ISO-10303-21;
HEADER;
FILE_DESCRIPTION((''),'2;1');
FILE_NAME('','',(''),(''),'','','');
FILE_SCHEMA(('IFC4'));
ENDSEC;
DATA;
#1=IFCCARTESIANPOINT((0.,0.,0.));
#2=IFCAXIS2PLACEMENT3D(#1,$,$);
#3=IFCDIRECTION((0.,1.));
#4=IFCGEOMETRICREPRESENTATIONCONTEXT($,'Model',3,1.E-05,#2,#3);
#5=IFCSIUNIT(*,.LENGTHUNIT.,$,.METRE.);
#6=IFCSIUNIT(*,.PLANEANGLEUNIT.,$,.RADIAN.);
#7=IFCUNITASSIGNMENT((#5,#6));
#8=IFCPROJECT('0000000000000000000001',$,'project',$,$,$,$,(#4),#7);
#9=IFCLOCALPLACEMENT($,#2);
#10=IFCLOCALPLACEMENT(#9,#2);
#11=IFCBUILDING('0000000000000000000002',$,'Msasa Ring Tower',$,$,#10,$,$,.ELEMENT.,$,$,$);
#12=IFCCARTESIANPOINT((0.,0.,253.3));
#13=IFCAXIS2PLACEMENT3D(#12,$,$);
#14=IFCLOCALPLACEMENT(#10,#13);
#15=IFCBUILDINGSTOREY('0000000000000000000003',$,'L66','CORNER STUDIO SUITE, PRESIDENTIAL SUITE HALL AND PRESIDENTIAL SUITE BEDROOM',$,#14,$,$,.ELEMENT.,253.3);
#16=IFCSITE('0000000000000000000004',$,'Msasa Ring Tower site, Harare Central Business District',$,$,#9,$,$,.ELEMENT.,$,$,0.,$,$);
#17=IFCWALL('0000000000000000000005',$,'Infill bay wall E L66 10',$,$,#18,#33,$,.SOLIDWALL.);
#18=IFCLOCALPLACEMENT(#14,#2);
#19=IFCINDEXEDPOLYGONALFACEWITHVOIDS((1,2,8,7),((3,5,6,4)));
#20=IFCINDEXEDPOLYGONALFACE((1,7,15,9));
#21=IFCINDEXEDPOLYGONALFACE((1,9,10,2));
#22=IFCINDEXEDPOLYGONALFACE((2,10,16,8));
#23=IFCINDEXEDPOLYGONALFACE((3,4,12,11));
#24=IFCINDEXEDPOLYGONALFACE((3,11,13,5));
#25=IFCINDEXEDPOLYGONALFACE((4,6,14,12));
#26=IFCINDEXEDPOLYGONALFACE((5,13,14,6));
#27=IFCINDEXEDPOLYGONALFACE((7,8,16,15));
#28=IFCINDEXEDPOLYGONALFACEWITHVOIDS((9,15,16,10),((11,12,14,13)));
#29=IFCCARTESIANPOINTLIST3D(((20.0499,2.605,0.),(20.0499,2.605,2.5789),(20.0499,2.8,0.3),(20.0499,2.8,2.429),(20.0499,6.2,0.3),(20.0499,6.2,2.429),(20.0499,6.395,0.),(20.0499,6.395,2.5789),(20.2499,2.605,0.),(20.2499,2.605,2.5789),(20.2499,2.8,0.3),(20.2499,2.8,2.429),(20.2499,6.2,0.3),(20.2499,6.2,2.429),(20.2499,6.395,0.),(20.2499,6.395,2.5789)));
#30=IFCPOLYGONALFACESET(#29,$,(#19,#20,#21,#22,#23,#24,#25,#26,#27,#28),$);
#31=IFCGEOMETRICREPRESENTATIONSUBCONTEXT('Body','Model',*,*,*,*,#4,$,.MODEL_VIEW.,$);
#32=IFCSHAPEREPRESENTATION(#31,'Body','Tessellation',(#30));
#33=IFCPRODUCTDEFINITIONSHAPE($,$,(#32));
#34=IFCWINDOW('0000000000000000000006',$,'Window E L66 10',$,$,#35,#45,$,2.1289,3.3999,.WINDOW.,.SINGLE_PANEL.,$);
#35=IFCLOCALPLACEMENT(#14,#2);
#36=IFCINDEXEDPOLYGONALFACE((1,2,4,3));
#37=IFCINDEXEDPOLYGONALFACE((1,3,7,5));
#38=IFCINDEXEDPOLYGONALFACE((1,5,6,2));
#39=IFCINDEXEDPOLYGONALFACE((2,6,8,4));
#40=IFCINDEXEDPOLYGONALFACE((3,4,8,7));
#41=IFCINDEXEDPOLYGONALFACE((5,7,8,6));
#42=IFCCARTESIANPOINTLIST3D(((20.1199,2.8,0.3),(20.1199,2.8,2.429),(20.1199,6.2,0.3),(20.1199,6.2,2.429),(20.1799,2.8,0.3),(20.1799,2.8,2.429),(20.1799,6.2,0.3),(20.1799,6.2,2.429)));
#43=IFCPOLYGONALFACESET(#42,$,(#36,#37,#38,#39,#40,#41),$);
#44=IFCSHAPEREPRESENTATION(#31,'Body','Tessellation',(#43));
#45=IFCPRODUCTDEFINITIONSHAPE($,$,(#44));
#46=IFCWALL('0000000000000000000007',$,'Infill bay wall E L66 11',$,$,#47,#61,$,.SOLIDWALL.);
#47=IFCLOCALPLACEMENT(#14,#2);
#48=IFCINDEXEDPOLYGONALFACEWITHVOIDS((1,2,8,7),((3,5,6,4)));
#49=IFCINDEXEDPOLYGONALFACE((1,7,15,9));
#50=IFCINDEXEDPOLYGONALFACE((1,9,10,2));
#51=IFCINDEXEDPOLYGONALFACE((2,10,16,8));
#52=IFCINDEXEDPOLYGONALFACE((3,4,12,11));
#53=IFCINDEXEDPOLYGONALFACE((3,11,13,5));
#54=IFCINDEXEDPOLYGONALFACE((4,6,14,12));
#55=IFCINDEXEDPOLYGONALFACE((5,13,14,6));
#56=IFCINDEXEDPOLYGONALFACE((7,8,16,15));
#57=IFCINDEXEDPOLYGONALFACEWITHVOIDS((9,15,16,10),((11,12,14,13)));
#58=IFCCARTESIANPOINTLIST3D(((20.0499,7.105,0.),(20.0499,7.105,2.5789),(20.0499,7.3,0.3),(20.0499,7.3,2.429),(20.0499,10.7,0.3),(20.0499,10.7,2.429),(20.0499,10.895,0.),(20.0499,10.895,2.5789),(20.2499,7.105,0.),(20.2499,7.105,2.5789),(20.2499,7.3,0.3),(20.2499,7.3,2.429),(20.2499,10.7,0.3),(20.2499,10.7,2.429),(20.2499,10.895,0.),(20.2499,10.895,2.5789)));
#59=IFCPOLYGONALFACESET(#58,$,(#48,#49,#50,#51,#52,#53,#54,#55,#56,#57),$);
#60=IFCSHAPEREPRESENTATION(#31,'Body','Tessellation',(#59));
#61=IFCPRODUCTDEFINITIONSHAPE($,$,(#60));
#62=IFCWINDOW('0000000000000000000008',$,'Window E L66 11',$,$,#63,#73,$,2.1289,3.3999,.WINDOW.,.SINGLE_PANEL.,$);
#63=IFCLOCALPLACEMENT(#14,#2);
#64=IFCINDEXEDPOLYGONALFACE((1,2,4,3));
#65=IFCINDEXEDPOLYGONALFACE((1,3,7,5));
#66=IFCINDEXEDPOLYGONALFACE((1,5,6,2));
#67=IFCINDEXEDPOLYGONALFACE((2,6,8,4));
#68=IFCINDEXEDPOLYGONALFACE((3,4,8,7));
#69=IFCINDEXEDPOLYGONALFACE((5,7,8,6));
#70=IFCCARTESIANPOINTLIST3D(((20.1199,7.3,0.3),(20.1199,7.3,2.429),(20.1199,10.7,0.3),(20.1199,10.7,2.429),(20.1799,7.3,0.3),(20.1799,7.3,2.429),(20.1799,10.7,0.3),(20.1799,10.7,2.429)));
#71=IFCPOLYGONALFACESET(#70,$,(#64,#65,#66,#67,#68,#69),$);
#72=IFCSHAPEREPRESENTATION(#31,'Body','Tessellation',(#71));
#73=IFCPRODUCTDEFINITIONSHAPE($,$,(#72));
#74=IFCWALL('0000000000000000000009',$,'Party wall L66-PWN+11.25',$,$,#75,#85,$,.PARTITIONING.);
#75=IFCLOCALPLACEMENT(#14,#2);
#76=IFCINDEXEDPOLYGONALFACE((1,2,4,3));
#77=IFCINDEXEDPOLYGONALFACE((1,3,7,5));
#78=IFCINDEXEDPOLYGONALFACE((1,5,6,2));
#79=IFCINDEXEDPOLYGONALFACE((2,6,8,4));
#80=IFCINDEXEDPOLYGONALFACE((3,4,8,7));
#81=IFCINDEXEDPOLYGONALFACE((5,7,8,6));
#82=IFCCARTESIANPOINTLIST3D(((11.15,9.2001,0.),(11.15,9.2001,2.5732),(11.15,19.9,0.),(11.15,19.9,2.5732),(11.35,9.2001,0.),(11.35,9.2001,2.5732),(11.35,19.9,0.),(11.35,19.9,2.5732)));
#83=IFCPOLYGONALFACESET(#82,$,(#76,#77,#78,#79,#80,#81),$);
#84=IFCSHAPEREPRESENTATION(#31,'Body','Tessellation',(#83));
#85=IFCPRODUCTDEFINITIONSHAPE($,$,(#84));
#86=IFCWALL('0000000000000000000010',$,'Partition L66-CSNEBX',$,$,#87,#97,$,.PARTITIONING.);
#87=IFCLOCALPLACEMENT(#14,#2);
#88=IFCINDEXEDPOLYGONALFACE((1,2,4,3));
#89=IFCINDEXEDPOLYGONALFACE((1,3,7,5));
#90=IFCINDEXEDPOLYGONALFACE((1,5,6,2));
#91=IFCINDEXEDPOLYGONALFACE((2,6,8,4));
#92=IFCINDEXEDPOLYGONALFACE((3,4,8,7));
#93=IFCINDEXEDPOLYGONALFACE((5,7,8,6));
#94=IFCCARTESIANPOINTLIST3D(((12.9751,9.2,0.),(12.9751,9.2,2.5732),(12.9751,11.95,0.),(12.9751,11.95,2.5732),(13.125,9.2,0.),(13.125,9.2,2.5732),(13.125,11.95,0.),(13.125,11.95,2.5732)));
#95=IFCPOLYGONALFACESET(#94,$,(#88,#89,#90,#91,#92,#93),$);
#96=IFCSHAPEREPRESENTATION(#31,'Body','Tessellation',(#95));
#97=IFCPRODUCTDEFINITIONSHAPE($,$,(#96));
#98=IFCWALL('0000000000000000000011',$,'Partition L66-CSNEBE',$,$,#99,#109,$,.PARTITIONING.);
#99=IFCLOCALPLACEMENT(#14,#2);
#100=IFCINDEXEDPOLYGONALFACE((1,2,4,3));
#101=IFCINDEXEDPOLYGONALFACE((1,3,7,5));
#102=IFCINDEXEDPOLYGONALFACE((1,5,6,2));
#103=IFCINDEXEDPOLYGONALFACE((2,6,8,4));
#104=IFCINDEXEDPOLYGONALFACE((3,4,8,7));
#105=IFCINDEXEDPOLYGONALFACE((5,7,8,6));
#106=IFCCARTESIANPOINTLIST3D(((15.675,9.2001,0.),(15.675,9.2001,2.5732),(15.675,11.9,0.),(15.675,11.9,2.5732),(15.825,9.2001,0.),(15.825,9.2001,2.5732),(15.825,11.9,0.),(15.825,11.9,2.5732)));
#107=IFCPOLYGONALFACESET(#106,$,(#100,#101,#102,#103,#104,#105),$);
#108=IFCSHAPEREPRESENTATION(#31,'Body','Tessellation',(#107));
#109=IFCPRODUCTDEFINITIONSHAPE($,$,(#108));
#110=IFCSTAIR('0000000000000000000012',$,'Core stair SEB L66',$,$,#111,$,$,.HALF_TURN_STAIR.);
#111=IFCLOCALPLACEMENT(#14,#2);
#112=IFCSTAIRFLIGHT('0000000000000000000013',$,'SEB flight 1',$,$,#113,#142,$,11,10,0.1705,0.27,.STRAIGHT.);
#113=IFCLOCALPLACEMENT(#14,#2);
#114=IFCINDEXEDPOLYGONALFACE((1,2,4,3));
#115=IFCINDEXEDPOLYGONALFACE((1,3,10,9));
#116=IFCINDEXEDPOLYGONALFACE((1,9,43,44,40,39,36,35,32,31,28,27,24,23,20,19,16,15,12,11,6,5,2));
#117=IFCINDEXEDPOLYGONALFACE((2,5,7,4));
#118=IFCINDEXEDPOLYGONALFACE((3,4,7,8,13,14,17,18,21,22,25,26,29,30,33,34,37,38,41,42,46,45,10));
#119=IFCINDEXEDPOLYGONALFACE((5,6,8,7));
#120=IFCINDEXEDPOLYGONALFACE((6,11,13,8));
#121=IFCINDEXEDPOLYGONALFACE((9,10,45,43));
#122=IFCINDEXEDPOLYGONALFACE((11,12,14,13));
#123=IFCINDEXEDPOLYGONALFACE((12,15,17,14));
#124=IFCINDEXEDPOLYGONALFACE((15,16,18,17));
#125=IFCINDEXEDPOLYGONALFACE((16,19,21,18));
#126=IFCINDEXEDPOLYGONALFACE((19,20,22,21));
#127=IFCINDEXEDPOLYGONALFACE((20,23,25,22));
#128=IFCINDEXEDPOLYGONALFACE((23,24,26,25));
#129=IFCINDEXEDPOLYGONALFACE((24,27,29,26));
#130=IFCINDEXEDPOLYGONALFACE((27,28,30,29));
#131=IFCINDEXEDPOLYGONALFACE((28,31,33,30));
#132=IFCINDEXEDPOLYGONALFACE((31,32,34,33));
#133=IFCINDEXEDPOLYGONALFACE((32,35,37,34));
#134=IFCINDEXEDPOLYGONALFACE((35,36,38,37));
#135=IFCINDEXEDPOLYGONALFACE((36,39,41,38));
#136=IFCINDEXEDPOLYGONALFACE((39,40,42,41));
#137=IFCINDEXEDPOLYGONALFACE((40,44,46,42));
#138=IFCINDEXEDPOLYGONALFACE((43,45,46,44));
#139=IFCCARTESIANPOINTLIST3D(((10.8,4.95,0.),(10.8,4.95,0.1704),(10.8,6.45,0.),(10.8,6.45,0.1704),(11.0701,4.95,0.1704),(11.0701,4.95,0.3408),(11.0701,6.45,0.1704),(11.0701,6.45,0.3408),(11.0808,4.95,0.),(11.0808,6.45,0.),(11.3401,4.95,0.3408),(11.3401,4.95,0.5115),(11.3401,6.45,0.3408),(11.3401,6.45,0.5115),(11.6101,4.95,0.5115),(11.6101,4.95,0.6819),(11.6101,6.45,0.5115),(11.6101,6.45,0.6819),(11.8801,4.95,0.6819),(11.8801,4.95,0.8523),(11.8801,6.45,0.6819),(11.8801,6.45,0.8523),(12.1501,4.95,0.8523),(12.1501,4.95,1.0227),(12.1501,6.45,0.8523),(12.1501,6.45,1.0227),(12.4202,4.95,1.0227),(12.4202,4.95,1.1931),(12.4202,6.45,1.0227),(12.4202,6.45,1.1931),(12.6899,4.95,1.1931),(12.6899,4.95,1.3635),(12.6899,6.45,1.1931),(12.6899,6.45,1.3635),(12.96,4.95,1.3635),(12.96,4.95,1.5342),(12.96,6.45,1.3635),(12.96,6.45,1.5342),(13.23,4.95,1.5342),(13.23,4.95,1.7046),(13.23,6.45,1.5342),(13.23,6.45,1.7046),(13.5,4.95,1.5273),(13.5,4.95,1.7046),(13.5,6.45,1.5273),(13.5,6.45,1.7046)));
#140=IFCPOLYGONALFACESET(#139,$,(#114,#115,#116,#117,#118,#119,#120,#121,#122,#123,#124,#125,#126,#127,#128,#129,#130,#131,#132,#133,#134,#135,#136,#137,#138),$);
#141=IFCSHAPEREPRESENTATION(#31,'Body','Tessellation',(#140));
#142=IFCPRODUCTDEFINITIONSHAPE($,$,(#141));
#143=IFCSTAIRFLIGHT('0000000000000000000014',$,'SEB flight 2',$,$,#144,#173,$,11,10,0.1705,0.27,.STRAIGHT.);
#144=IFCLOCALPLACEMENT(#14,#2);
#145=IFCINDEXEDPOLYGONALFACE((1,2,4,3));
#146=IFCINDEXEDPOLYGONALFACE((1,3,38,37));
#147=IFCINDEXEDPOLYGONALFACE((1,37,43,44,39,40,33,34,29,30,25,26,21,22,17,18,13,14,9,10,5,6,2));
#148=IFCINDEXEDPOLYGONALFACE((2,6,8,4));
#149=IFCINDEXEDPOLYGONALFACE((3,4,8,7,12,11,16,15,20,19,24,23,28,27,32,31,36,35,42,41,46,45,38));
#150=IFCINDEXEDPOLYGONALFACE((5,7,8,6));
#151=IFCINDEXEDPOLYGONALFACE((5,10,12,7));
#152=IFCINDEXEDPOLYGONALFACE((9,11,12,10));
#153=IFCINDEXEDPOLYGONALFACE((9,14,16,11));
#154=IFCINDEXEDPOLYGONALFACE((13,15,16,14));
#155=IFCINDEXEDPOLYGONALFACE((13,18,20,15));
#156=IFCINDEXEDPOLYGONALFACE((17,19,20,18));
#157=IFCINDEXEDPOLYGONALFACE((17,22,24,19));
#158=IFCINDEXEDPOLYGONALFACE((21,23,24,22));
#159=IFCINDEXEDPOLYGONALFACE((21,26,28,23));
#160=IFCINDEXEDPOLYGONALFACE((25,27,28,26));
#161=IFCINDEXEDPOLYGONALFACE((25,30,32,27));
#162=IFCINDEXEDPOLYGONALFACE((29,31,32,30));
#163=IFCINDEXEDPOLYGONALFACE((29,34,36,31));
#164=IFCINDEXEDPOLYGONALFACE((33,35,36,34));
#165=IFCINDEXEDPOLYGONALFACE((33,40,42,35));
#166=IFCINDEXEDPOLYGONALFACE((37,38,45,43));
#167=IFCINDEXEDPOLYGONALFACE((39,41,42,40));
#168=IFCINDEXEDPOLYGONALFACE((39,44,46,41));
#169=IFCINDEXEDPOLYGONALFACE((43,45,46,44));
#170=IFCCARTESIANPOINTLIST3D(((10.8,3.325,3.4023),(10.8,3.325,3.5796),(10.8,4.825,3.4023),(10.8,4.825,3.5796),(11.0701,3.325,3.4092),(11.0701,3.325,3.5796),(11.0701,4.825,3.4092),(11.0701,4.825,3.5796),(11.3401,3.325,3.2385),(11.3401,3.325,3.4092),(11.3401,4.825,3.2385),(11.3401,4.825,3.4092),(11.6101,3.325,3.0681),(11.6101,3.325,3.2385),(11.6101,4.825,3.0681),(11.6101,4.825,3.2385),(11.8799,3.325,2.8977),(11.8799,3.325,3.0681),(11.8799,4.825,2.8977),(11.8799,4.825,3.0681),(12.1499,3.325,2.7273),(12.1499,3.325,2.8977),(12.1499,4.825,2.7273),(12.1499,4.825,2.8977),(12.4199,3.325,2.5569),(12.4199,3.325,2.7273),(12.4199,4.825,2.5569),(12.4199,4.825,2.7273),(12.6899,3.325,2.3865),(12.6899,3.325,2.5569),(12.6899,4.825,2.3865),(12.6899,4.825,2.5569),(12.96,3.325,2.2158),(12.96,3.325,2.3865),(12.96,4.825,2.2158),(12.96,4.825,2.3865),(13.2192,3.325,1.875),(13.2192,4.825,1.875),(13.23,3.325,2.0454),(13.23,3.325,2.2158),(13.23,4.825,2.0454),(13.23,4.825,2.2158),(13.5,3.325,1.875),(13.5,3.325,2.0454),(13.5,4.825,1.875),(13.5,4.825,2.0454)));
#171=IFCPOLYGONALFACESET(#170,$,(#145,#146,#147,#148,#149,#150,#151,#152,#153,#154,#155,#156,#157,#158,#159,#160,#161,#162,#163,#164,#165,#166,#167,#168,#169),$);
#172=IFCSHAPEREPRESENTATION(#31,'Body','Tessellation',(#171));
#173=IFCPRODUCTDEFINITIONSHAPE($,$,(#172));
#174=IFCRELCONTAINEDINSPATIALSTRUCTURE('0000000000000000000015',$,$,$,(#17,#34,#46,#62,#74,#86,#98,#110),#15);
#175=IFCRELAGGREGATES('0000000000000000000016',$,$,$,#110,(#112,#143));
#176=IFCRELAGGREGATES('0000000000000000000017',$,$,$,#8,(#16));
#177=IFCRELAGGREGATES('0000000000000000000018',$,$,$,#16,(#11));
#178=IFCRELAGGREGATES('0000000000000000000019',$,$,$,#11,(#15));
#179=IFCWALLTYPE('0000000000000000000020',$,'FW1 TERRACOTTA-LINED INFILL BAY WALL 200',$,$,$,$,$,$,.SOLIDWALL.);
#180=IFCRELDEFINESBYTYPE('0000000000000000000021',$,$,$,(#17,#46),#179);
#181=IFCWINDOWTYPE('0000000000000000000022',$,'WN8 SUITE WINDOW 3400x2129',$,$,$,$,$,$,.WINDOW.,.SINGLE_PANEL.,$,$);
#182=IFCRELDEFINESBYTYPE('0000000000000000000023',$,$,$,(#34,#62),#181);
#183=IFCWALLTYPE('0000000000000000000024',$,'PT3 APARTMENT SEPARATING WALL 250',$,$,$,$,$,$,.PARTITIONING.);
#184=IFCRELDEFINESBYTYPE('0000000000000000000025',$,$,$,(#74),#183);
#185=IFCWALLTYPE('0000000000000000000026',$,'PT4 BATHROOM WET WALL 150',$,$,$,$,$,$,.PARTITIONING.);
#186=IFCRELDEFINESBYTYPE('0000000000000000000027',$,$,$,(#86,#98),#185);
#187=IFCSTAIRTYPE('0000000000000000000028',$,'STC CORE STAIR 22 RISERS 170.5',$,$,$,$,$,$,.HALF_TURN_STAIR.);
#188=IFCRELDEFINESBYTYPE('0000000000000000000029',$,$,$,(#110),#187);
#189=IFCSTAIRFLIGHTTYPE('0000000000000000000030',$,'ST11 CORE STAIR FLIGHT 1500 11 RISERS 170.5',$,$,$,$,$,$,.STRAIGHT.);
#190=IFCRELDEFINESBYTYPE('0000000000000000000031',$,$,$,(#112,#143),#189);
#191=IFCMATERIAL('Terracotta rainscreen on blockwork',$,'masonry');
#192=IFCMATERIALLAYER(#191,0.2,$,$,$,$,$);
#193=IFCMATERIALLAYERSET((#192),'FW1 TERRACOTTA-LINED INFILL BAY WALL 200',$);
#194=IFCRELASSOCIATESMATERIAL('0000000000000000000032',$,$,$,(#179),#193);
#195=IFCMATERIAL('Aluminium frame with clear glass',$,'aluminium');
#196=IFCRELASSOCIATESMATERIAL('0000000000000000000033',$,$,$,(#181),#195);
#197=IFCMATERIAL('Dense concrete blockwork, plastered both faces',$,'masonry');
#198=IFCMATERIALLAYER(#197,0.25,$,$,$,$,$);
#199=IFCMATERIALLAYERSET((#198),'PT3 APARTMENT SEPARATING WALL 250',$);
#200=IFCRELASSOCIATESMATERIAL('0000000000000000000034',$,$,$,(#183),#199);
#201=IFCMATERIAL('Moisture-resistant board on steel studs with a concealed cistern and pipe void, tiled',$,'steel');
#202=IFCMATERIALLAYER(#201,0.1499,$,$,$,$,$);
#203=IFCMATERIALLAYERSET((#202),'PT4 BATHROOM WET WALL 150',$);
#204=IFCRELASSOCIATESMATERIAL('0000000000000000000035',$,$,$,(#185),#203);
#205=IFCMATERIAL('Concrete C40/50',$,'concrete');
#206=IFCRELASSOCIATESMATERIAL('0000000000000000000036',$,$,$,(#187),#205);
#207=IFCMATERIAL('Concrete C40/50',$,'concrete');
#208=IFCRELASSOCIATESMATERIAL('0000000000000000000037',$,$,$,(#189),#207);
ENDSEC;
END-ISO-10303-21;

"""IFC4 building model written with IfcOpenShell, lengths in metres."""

from ifc_helpers import new_model, si_unit, direction, frame, frame_2d, origin, place, context, subcontext, project, spatial, polyline, rectangle, outline, extrude, material, layer, layer_set, type_object, element, fill, aggregate, save


model = new_model("IFC4")

# Units and contexts
model_context = context("Model", 3, precision=1e-05, world=origin(), true_north=direction((0.0, 1.0)))
body_context = subcontext(model_context, "Body", "Model", "MODEL_VIEW")
ifc_project = project(units=[si_unit("LENGTHUNIT", "METRE"), si_unit("PLANEANGLEUNIT", "RADIAN")], contexts=[model_context])

# Site, building, storey
site_placement = place(None, origin())
site = spatial("IfcSite", under=ifc_project, at=site_placement, Name="Msasa Ring Tower site, Harare Central Business District", CompositionType="ELEMENT", RefElevation=0.0)
building_placement = place(site_placement, origin())
building = spatial("IfcBuilding", under=site, at=building_placement, Name="Msasa Ring Tower", CompositionType="ELEMENT")
storey_placement = place(building_placement, frame((0.0, 0.0, 253.3)))
storey = spatial("IfcBuildingStorey", under=building, at=storey_placement, Name="L66", Description="CORNER STUDIO SUITE, PRESIDENTIAL SUITE HALL AND PRESIDENTIAL SUITE BEDROOM", CompositionType="ELEMENT", Elevation=253.3)

# Walls, openings, windows
ifc_material_1 = material(Name="Terracotta rainscreen on blockwork", Category="masonry")
ifc_layer_1 = layer(ifc_material_1, 0.2)
ifc_layer_set_1 = layer_set([ifc_layer_1], Name="FW1 TERRACOTTA-LINED INFILL BAY WALL 200")
wall_type_1 = type_object("IfcWallType", Name="FW1 TERRACOTTA-LINED INFILL BAY WALL 200", PredefinedType="SOLIDWALL", material=ifc_layer_set_1)
wall_1_placement = place(storey_placement, frame((20.1499, 2.605, 0.0), z_axis=(0.0, 0.0, 1.0), x_axis=(0.0, 1.0, 0.0)))
wall_1 = element("IfcWall", 1, at=wall_1_placement, inside=storey, type_object=wall_type_1, Name="Infill bay wall E L66 10", PredefinedType="SOLIDWALL", context=body_context, shape_type="SweptSolid", body=[
    extrude(rectangle(XDim=3.79, YDim=0.2, at=frame_2d((1.895, 0.0))), origin(), (0.0, 0.0, 1.0), 2.5789),
])
opening_1_placement = place(wall_1_placement, frame((0.1951, 0.0, 0.3)))
opening_1 = element("IfcOpeningElement", 2, at=opening_1_placement, cuts=wall_1, PredefinedType="OPENING", context=body_context, shape_type="SweptSolid", body=[
    extrude(rectangle(XDim=3.3999, YDim=2.1289, at=frame_2d((1.7, 1.0645))), frame((0.0, 0.1099, 0.0), z_axis=(0.0, -1.0, 0.0), x_axis=(1.0, 0.0, 0.0)), (0.0, 0.0, 1.0), 0.22),
])
ifc_material_2 = material(Name="Aluminium frame with clear glass", Category="aluminium")
window_type = type_object("IfcWindowType", Name="WN8 SUITE WINDOW 3400x2129", PartitioningType="SINGLE_PANEL", PredefinedType="WINDOW", material=ifc_material_2)
window_1_placement = place(opening_1_placement, origin())
window_1 = element("IfcWindow", 3, at=window_1_placement, inside=storey, type_object=window_type, Name="Window E L66 10", OverallHeight=2.1289, OverallWidth=3.3999, PartitioningType="SINGLE_PANEL", PredefinedType="WINDOW", context=body_context, shape_type="SweptSolid", body=[
    extrude(rectangle(XDim=3.3999, YDim=2.1289, at=frame_2d((1.7, 1.0645))), frame((0.0, 0.03, 0.0), z_axis=(0.0, -1.0, 0.0), x_axis=(1.0, 0.0, 0.0)), (0.0, 0.0, 1.0), 0.0601),
])
fill(opening_1, window_1)
wall_2_placement = place(storey_placement, frame((20.1499, 7.105, 0.0), z_axis=(0.0, 0.0, 1.0), x_axis=(0.0, 1.0, 0.0)))
wall_2 = element("IfcWall", 4, at=wall_2_placement, inside=storey, type_object=wall_type_1, Name="Infill bay wall E L66 11", PredefinedType="SOLIDWALL", context=body_context, shape_type="SweptSolid", body=[
    extrude(rectangle(XDim=3.79, YDim=0.2, at=frame_2d((1.895, 0.0))), origin(), (0.0, 0.0, 1.0), 2.5789),
])
opening_2_placement = place(wall_2_placement, frame((0.1951, 0.0, 0.3)))
opening_2 = element("IfcOpeningElement", 5, at=opening_2_placement, cuts=wall_2, PredefinedType="OPENING", context=body_context, shape_type="SweptSolid", body=[
    extrude(rectangle(XDim=3.3999, YDim=2.1289, at=frame_2d((1.7, 1.0645))), frame((0.0, 0.1099, 0.0), z_axis=(0.0, -1.0, 0.0), x_axis=(1.0, 0.0, 0.0)), (0.0, 0.0, 1.0), 0.22),
])
window_2_placement = place(opening_2_placement, origin())
window_2 = element("IfcWindow", 6, at=window_2_placement, inside=storey, type_object=window_type, Name="Window E L66 11", OverallHeight=2.1289, OverallWidth=3.3999, PartitioningType="SINGLE_PANEL", PredefinedType="WINDOW", context=body_context, shape_type="SweptSolid", body=[
    extrude(rectangle(XDim=3.3999, YDim=2.1289, at=frame_2d((1.7, 1.0645))), frame((0.0, 0.03, 0.0), z_axis=(0.0, -1.0, 0.0), x_axis=(1.0, 0.0, 0.0)), (0.0, 0.0, 1.0), 0.0601),
])
fill(opening_2, window_2)

# Walls
ifc_material_3 = material(Name="Dense concrete blockwork, plastered both faces", Category="masonry")
ifc_layer_2 = layer(ifc_material_3, 0.25)
ifc_layer_set_2 = layer_set([ifc_layer_2], Name="PT3 APARTMENT SEPARATING WALL 250")
wall_type_2 = type_object("IfcWallType", Name="PT3 APARTMENT SEPARATING WALL 250", PredefinedType="PARTITIONING", material=ifc_layer_set_2)
wall_3_placement = place(storey_placement, frame((11.25, 9.2, 0.0), z_axis=(0.0, 0.0, 1.0), x_axis=(0.0, 1.0, 0.0)))
element("IfcWall", 7, at=wall_3_placement, inside=storey, type_object=wall_type_2, Name="Party wall L66-PWN+11.25", PredefinedType="PARTITIONING", context=body_context, shape_type="SweptSolid", body=[
    extrude(rectangle(XDim=10.7, YDim=0.2, at=frame_2d((5.3501, 0.0))), origin(), (0.0, 0.0, 1.0), 2.5732),
])
ifc_material_4 = material(Name="Moisture-resistant board on steel studs with a concealed cistern and pipe void, tiled", Category="steel")
ifc_layer_3 = layer(ifc_material_4, 0.1499)
ifc_layer_set_3 = layer_set([ifc_layer_3], Name="PT4 BATHROOM WET WALL 150")
wall_type_3 = type_object("IfcWallType", Name="PT4 BATHROOM WET WALL 150", PredefinedType="PARTITIONING", material=ifc_layer_set_3)
wall_4_placement = place(storey_placement, frame((13.05, 9.2, 0.0), z_axis=(0.0, 0.0, 1.0), x_axis=(0.0, 1.0, 0.0)))
element("IfcWall", 8, at=wall_4_placement, inside=storey, type_object=wall_type_3, Name="Partition L66-CSNEBX", PredefinedType="PARTITIONING", context=body_context, shape_type="SweptSolid", body=[
    extrude(rectangle(XDim=2.75, YDim=0.1499, at=frame_2d((1.375, 0.0))), origin(), (0.0, 0.0, 1.0), 2.5732),
])
wall_5_placement = place(storey_placement, frame((15.75, 9.2, 0.0), z_axis=(0.0, 0.0, 1.0), x_axis=(0.0, 1.0, 0.0)))
element("IfcWall", 9, at=wall_5_placement, inside=storey, type_object=wall_type_3, Name="Partition L66-CSNEBE", PredefinedType="PARTITIONING", context=body_context, shape_type="SweptSolid", body=[
    extrude(rectangle(XDim=2.7, YDim=0.1499, at=frame_2d((1.3501, 0.0))), origin(), (0.0, 0.0, 1.0), 2.5732),
])

# Stair, stair flights
ifc_material_5 = material(Name="Concrete C40/50", Category="concrete")
stair_type = type_object("IfcStairType", Name="STC CORE STAIR 22 RISERS 170.5", PredefinedType="HALF_TURN_STAIR", material=ifc_material_5)
stair_placement = place(storey_placement, origin())
stair = element("IfcStair", 10, at=stair_placement, inside=storey, type_object=stair_type, Name="Core stair SEB L66", PredefinedType="HALF_TURN_STAIR")
ifc_material_6 = material(Name="Concrete C40/50", Category="concrete")
stair_flight_type = type_object("IfcStairFlightType", Name="ST11 CORE STAIR FLIGHT 1500 11 RISERS 170.5", PredefinedType="STRAIGHT", material=ifc_material_6)
stair_flight_1_placement = place(storey_placement, frame((10.8, 5.7, 0.0), z_axis=(0.0, 0.0, 1.0), x_axis=(1.0, 0.0, 0.0)))
stair_flight_1 = element("IfcStairFlight", 11, at=stair_flight_1_placement, type_object=stair_flight_type, Name="SEB flight 1", NumberOfRisers=11, NumberOfTreads=10, PredefinedType="STRAIGHT", RiserHeight=0.1705, TreadLength=0.27, context=body_context, shape_type="SweptSolid", body=[
    extrude(outline(polyline([(0.0, 0.0), (0.0, 0.1704), (0.27, 0.1704), (0.27, 0.3408), (0.54, 0.3408), (0.54, 0.5115), (0.8101, 0.5115), (0.8101, 0.6819), (1.0801, 0.6819), (1.0801, 0.8523), (1.3501, 0.8523), (1.3501, 1.0227), (1.6201, 1.0227), (1.6201, 1.1931), (1.8899, 1.1931), (1.8899, 1.3635), (2.1599, 1.3635), (2.1599, 1.5342), (2.4299, 1.5342), (2.4299, 1.7046), (2.7, 1.7046), (2.7, 1.875), (2.7, 1.5273), (0.2808, 0.0), (0.0, 0.0)])), frame((0.0, 0.75, 0.0), z_axis=(0.0, -1.0, 0.0), x_axis=(1.0, 0.0, 0.0)), (0.0, 0.0, 1.0), 1.5),
])
stair_flight_2_placement = place(storey_placement, frame((13.5, 4.075, 1.875), z_axis=(0.0, 0.0, 1.0), x_axis=(-1.0, 0.0, 0.0)))
stair_flight_2 = element("IfcStairFlight", 12, at=stair_flight_2_placement, type_object=stair_flight_type, Name="SEB flight 2", NumberOfRisers=11, NumberOfTreads=10, PredefinedType="STRAIGHT", RiserHeight=0.1705, TreadLength=0.27, context=body_context, shape_type="SweptSolid", body=[
    extrude(outline(polyline([(0.0, 0.0), (0.0, 0.1704), (0.27, 0.1704), (0.27, 0.3408), (0.54, 0.3408), (0.54, 0.5115), (0.8101, 0.5115), (0.8101, 0.6819), (1.0801, 0.6819), (1.0801, 0.8523), (1.3501, 0.8523), (1.3501, 1.0227), (1.6201, 1.0227), (1.6201, 1.1931), (1.8899, 1.1931), (1.8899, 1.3635), (2.1599, 1.3635), (2.1599, 1.5342), (2.4299, 1.5342), (2.4299, 1.7046), (2.7, 1.7046), (2.7, 1.875), (2.7, 1.5273), (0.2808, 0.0), (0.0, 0.0)])), frame((0.0, 0.75, 0.0), z_axis=(0.0, -1.0, 0.0), x_axis=(1.0, 0.0, 0.0)), (0.0, 0.0, 1.0), 1.5),
])
aggregate(stair, [stair_flight_1, stair_flight_2])

save(model, "model.ifc")
